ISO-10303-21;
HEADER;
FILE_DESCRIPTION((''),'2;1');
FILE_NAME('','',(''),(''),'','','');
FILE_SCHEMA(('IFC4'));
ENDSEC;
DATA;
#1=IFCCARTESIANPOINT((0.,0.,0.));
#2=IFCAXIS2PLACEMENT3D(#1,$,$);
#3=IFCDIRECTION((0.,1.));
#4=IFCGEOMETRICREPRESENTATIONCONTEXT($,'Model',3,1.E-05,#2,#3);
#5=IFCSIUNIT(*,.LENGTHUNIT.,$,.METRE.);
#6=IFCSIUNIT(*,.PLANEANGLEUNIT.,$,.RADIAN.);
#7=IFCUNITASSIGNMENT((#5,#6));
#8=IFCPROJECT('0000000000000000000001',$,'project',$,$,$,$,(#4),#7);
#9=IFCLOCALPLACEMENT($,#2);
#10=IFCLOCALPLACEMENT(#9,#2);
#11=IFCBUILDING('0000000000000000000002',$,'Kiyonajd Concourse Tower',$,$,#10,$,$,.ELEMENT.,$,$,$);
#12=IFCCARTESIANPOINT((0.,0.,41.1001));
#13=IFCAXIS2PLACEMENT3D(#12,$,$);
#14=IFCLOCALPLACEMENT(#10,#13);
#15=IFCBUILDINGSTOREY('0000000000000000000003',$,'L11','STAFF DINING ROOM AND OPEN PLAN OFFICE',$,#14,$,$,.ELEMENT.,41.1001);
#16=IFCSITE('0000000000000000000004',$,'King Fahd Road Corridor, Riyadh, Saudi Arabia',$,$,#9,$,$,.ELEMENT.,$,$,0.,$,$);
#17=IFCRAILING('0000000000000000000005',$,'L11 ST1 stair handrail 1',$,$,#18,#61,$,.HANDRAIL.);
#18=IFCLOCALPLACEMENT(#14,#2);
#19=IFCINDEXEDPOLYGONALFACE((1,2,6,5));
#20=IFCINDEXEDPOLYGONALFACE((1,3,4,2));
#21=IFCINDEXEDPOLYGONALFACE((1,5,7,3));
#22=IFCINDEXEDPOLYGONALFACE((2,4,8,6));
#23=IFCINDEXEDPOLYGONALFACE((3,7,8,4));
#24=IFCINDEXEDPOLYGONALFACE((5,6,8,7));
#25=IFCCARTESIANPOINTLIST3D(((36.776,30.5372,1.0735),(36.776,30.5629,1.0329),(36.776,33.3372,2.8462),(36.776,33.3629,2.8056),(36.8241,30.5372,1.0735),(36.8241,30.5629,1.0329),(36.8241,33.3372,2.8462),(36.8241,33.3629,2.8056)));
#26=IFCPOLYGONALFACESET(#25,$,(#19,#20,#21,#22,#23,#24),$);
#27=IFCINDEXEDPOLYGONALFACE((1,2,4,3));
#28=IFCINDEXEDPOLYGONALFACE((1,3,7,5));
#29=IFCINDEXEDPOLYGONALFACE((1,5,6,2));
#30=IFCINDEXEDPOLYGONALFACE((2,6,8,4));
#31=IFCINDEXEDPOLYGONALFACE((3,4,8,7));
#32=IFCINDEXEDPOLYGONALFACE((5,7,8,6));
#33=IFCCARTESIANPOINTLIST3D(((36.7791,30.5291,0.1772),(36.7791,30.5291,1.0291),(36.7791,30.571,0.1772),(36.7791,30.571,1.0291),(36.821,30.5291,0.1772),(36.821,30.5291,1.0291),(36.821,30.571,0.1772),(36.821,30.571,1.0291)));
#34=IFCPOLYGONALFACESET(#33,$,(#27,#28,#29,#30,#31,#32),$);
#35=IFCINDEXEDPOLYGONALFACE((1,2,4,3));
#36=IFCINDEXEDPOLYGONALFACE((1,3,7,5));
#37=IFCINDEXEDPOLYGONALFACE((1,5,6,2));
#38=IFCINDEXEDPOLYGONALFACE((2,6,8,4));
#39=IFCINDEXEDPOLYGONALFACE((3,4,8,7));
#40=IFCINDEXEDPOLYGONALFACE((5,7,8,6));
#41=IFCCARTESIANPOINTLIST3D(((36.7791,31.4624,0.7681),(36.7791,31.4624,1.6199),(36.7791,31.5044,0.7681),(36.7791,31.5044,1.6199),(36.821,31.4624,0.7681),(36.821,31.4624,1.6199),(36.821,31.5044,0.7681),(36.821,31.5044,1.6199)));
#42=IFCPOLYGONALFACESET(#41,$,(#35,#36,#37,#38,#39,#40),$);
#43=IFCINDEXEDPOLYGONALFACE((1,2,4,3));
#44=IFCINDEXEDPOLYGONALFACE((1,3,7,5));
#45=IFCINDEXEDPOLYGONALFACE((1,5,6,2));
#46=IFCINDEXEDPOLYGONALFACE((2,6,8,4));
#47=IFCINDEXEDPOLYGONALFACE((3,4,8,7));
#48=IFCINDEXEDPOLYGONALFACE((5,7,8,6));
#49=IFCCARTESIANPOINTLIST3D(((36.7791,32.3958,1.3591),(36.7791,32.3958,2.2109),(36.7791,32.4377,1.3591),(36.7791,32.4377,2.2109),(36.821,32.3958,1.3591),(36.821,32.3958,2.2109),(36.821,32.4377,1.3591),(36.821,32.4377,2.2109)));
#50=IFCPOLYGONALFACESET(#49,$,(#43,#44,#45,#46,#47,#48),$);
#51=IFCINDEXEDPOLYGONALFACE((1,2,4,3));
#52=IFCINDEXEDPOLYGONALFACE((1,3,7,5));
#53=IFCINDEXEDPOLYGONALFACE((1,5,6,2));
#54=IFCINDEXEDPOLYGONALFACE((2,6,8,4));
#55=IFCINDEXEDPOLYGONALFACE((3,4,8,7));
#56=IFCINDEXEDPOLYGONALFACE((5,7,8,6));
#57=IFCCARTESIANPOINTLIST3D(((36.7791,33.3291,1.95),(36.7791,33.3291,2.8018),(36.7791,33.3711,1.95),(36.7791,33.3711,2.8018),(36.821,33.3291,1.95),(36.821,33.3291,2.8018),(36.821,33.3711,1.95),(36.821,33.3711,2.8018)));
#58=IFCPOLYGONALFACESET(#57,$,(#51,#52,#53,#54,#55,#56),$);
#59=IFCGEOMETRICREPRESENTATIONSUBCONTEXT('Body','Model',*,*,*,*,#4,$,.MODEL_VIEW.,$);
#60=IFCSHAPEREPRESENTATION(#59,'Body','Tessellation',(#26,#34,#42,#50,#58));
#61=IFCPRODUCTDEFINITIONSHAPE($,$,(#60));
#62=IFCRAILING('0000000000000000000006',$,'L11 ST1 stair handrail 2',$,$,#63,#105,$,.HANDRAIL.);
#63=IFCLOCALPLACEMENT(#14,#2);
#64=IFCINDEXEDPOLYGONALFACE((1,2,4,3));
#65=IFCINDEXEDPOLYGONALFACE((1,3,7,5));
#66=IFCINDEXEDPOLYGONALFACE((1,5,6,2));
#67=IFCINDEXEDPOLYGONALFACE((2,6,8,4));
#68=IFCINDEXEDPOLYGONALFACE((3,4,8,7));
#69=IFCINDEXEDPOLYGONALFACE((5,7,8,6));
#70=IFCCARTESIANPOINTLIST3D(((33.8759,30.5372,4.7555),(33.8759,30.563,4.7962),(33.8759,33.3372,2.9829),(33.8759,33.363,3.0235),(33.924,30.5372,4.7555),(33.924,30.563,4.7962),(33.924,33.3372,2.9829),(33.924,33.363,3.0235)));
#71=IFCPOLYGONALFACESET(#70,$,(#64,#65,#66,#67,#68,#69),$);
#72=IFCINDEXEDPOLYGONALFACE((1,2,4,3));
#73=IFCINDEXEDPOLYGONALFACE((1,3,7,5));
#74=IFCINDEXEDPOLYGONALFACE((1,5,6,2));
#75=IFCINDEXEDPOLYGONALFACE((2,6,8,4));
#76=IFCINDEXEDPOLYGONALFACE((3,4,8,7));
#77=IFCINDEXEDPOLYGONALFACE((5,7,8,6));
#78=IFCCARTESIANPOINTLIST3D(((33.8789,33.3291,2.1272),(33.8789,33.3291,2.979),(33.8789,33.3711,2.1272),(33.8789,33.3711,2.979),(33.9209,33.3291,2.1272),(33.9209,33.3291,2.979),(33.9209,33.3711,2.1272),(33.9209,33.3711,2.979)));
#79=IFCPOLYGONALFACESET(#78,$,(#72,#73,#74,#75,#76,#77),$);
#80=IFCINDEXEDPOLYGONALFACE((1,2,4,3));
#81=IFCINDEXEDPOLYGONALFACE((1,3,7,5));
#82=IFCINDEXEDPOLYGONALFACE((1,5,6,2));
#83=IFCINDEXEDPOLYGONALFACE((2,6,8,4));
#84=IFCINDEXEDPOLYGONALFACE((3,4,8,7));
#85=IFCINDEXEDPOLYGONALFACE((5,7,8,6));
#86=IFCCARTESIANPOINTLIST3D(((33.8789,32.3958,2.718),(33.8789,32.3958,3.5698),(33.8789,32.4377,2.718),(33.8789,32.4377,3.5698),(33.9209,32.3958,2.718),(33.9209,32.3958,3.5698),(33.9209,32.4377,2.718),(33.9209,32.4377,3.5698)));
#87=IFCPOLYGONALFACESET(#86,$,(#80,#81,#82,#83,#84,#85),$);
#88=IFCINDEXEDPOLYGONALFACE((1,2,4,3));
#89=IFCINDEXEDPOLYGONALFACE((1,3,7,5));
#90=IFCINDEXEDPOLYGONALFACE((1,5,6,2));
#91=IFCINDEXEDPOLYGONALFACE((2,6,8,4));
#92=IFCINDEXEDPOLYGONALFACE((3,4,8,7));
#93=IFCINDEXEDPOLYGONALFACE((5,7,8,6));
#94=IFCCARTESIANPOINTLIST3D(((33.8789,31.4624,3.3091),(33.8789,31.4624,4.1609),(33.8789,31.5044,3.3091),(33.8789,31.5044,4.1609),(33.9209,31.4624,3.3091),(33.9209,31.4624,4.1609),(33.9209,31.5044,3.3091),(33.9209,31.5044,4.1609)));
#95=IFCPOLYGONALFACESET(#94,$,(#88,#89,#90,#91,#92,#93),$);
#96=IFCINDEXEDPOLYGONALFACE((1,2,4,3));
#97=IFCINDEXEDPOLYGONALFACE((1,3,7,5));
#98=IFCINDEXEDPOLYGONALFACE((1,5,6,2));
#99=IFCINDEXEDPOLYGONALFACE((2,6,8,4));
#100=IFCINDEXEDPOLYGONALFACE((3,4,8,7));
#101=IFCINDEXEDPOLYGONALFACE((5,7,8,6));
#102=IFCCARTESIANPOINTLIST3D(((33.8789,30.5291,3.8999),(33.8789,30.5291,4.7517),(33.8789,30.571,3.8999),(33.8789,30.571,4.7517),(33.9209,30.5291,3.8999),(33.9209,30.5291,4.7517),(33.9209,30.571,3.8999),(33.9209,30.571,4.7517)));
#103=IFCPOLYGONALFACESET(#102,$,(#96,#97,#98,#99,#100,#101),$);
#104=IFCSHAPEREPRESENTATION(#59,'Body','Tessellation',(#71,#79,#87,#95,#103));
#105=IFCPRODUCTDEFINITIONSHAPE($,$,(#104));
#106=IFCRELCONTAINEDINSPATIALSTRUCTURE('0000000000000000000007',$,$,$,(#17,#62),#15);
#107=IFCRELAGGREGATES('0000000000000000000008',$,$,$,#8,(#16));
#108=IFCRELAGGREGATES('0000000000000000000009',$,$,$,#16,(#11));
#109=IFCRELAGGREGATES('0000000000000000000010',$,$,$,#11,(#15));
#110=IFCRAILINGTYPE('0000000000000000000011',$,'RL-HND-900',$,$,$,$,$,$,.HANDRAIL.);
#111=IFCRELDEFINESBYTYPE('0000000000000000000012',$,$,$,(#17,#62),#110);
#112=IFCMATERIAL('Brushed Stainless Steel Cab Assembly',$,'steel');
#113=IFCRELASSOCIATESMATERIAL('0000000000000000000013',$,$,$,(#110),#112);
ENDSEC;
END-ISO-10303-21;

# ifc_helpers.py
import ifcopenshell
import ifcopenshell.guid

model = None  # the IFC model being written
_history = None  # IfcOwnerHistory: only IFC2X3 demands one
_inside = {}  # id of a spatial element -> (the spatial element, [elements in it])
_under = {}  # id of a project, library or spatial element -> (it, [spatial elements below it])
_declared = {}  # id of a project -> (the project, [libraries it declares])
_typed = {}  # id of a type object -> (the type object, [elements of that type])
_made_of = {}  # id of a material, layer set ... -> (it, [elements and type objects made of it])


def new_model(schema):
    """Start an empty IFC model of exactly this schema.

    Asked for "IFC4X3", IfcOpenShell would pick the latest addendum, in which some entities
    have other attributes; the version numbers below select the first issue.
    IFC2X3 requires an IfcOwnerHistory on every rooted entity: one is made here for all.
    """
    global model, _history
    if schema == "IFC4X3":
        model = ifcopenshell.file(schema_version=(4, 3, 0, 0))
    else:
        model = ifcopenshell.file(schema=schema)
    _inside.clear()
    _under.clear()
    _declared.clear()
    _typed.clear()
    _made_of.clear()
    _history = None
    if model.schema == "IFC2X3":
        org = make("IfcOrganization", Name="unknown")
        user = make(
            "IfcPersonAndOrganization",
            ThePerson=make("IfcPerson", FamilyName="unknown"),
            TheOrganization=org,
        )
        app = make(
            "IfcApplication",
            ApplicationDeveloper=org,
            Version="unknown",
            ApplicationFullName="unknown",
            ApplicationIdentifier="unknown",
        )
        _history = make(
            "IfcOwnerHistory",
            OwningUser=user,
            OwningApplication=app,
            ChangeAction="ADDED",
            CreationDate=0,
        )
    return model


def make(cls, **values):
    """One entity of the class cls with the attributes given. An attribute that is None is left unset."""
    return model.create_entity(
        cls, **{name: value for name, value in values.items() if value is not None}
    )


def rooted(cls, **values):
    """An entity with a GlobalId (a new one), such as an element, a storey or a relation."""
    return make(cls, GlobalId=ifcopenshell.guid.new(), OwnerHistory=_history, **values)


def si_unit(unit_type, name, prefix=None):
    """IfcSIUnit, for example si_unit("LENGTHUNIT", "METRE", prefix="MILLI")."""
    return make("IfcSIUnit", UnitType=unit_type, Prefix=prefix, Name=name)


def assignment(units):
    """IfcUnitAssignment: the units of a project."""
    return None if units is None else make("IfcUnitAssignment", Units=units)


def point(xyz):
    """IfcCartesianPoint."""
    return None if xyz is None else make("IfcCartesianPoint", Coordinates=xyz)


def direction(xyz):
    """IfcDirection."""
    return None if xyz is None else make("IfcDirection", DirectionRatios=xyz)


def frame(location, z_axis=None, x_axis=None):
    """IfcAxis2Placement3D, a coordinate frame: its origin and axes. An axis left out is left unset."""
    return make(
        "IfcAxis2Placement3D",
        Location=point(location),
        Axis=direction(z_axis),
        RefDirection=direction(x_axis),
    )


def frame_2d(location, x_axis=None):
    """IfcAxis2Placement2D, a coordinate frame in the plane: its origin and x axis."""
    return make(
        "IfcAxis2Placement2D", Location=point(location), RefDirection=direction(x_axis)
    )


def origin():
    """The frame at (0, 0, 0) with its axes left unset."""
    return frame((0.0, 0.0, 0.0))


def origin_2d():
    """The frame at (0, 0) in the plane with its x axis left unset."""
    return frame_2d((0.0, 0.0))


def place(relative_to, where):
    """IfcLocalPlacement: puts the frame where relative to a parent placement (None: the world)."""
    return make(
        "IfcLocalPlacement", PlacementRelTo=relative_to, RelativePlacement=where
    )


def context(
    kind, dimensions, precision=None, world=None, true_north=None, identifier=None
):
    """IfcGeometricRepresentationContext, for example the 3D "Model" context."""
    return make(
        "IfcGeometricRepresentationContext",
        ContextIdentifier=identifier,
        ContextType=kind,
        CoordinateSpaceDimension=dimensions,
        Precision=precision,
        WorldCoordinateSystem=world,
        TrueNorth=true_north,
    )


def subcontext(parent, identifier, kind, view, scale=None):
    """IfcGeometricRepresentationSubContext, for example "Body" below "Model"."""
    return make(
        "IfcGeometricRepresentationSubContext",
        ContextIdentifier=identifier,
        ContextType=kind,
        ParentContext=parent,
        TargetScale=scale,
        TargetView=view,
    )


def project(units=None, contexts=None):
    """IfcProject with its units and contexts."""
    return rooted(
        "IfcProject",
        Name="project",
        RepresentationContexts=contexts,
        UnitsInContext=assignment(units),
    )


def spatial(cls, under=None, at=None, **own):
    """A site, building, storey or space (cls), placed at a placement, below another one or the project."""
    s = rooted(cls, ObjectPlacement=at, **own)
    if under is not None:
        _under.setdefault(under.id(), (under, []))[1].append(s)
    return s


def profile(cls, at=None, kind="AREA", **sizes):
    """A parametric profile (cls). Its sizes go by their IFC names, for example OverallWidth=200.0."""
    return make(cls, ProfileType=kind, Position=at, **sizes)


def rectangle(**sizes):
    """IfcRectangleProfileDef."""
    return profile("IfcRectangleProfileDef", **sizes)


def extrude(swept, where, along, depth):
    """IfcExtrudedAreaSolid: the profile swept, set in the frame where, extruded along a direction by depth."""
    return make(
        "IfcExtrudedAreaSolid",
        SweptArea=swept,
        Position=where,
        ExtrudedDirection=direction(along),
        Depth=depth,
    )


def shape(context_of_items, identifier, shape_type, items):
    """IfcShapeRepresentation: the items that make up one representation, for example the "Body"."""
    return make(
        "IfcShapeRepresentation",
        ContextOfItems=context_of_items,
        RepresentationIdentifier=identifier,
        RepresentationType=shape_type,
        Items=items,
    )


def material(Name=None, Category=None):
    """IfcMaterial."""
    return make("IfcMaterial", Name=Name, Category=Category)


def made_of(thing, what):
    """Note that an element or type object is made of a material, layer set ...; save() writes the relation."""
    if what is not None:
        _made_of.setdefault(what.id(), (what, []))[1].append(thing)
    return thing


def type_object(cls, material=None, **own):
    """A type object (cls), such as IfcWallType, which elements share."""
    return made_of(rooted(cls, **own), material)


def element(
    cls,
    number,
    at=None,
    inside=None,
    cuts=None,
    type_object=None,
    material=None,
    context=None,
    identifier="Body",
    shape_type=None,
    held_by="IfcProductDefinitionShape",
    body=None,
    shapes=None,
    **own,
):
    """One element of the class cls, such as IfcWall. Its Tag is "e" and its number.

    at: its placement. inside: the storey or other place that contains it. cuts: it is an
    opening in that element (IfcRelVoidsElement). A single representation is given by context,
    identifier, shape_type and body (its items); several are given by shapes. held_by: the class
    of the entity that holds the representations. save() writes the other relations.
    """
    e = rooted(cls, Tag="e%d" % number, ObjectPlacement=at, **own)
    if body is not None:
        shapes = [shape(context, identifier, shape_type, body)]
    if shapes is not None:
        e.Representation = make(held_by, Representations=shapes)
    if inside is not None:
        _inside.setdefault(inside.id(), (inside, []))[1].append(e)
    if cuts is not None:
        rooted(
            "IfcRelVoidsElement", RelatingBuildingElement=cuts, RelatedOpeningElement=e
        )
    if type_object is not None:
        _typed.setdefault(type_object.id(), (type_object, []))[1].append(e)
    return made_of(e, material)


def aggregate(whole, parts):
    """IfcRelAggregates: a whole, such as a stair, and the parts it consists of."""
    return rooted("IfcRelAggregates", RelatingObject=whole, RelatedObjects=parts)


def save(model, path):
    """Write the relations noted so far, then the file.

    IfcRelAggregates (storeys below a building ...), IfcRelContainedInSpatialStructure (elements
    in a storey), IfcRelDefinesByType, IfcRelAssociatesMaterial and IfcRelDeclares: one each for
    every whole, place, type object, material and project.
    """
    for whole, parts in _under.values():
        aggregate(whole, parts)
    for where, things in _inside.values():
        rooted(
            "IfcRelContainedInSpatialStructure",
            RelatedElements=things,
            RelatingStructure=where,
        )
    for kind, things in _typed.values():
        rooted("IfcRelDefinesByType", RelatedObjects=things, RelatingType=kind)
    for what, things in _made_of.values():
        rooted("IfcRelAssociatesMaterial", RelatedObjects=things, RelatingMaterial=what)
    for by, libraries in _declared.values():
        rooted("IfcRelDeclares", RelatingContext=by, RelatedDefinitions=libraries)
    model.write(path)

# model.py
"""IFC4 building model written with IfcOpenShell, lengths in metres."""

from ifc_helpers import new_model, si_unit, direction, frame, origin, origin_2d, place, context, subcontext, project, spatial, rectangle, extrude, material, type_object, element, save


model = new_model("IFC4")

# Units and contexts
model_context = context("Model", 3, precision=1e-05, world=origin(), true_north=direction((0.0, 1.0)))
body_context = subcontext(model_context, "Body", "Model", "MODEL_VIEW")
ifc_project = project(units=[si_unit("LENGTHUNIT", "METRE"), si_unit("PLANEANGLEUNIT", "RADIAN")], contexts=[model_context])

# Site, building, storey
site_placement = place(None, origin())
site = spatial("IfcSite", under=ifc_project, at=site_placement, Name="King Fahd Road Corridor, Riyadh, Saudi Arabia", CompositionType="ELEMENT", RefElevation=0.0)
building_placement = place(site_placement, origin())
building = spatial("IfcBuilding", under=site, at=building_placement, Name="Kiyonajd Concourse Tower", CompositionType="ELEMENT")
storey_placement = place(building_placement, frame((0.0, 0.0, 41.1001)))
storey = spatial("IfcBuildingStorey", under=building, at=storey_placement, Name="L11", Description="STAFF DINING ROOM AND OPEN PLAN OFFICE", CompositionType="ELEMENT", Elevation=41.1001)

# Shared definitions
ifc_material_1 = material(Name="Brushed Stainless Steel Cab Assembly", Category="steel")

# Railings
railing_type_1 = type_object("IfcRailingType", Name="RL-HND-900", PredefinedType="HANDRAIL", material=ifc_material_1)
railing_1_placement = place(storey_placement, frame((36.8, 30.55, 0.1772)))
element("IfcRailing", 1, at=railing_1_placement, inside=storey, type_object=railing_type_1, Name="L11 ST1 stair handrail 1", PredefinedType="HANDRAIL", context=body_context, shape_type="SweptSolid", body=[
    extrude(rectangle(XDim=0.0481, YDim=0.0481, at=origin_2d()), frame((0.0, 0.0, 0.876), z_axis=(0.0, 0.844909, 0.53491), x_axis=(-1.0, 0.0, 0.0)), (0.0, 0.0, 1.0), 3.314),
    extrude(rectangle(XDim=0.042, YDim=0.042, at=origin_2d()), origin(), (0.0, 0.0, 1.0), 0.8518),
    extrude(rectangle(XDim=0.042, YDim=0.042, at=origin_2d()), frame((0.0, 0.9333, 0.5908)), (0.0, 0.0, 1.0), 0.8518),
    extrude(rectangle(XDim=0.042, YDim=0.042, at=origin_2d()), frame((0.0, 1.8667, 1.1819)), (0.0, 0.0, 1.0), 0.8518),
    extrude(rectangle(XDim=0.042, YDim=0.042, at=origin_2d()), frame((0.0, 2.8, 1.7727)), (0.0, 0.0, 1.0), 0.8518),
])
railing_2_placement = place(storey_placement, frame((33.8999, 33.3501, 2.1272)))
element("IfcRailing", 2, at=railing_2_placement, inside=storey, type_object=railing_type_1, Name="L11 ST1 stair handrail 2", PredefinedType="HANDRAIL", context=body_context, shape_type="SweptSolid", body=[
    extrude(rectangle(XDim=0.0481, YDim=0.0481, at=origin_2d()), frame((0.0, 0.0, 0.876), z_axis=(0.0, -0.844909, 0.53491), x_axis=(1.0, 0.0, 0.0)), (0.0, 0.0, 1.0), 3.314),
    extrude(rectangle(XDim=0.042, YDim=0.042, at=origin_2d()), origin(), (0.0, 0.0, 1.0), 0.8518),
    extrude(rectangle(XDim=0.042, YDim=0.042, at=origin_2d()), frame((0.0, -0.9333, 0.5908)), (0.0, 0.0, 1.0), 0.8518),
    extrude(rectangle(XDim=0.042, YDim=0.042, at=origin_2d()), frame((0.0, -1.8667, 1.1819)), (0.0, 0.0, 1.0), 0.8518),
    extrude(rectangle(XDim=0.042, YDim=0.042, at=origin_2d()), frame((0.0, -2.8, 1.7727)), (0.0, 0.0, 1.0), 0.8518),
])

save(model, "model.ifc")
